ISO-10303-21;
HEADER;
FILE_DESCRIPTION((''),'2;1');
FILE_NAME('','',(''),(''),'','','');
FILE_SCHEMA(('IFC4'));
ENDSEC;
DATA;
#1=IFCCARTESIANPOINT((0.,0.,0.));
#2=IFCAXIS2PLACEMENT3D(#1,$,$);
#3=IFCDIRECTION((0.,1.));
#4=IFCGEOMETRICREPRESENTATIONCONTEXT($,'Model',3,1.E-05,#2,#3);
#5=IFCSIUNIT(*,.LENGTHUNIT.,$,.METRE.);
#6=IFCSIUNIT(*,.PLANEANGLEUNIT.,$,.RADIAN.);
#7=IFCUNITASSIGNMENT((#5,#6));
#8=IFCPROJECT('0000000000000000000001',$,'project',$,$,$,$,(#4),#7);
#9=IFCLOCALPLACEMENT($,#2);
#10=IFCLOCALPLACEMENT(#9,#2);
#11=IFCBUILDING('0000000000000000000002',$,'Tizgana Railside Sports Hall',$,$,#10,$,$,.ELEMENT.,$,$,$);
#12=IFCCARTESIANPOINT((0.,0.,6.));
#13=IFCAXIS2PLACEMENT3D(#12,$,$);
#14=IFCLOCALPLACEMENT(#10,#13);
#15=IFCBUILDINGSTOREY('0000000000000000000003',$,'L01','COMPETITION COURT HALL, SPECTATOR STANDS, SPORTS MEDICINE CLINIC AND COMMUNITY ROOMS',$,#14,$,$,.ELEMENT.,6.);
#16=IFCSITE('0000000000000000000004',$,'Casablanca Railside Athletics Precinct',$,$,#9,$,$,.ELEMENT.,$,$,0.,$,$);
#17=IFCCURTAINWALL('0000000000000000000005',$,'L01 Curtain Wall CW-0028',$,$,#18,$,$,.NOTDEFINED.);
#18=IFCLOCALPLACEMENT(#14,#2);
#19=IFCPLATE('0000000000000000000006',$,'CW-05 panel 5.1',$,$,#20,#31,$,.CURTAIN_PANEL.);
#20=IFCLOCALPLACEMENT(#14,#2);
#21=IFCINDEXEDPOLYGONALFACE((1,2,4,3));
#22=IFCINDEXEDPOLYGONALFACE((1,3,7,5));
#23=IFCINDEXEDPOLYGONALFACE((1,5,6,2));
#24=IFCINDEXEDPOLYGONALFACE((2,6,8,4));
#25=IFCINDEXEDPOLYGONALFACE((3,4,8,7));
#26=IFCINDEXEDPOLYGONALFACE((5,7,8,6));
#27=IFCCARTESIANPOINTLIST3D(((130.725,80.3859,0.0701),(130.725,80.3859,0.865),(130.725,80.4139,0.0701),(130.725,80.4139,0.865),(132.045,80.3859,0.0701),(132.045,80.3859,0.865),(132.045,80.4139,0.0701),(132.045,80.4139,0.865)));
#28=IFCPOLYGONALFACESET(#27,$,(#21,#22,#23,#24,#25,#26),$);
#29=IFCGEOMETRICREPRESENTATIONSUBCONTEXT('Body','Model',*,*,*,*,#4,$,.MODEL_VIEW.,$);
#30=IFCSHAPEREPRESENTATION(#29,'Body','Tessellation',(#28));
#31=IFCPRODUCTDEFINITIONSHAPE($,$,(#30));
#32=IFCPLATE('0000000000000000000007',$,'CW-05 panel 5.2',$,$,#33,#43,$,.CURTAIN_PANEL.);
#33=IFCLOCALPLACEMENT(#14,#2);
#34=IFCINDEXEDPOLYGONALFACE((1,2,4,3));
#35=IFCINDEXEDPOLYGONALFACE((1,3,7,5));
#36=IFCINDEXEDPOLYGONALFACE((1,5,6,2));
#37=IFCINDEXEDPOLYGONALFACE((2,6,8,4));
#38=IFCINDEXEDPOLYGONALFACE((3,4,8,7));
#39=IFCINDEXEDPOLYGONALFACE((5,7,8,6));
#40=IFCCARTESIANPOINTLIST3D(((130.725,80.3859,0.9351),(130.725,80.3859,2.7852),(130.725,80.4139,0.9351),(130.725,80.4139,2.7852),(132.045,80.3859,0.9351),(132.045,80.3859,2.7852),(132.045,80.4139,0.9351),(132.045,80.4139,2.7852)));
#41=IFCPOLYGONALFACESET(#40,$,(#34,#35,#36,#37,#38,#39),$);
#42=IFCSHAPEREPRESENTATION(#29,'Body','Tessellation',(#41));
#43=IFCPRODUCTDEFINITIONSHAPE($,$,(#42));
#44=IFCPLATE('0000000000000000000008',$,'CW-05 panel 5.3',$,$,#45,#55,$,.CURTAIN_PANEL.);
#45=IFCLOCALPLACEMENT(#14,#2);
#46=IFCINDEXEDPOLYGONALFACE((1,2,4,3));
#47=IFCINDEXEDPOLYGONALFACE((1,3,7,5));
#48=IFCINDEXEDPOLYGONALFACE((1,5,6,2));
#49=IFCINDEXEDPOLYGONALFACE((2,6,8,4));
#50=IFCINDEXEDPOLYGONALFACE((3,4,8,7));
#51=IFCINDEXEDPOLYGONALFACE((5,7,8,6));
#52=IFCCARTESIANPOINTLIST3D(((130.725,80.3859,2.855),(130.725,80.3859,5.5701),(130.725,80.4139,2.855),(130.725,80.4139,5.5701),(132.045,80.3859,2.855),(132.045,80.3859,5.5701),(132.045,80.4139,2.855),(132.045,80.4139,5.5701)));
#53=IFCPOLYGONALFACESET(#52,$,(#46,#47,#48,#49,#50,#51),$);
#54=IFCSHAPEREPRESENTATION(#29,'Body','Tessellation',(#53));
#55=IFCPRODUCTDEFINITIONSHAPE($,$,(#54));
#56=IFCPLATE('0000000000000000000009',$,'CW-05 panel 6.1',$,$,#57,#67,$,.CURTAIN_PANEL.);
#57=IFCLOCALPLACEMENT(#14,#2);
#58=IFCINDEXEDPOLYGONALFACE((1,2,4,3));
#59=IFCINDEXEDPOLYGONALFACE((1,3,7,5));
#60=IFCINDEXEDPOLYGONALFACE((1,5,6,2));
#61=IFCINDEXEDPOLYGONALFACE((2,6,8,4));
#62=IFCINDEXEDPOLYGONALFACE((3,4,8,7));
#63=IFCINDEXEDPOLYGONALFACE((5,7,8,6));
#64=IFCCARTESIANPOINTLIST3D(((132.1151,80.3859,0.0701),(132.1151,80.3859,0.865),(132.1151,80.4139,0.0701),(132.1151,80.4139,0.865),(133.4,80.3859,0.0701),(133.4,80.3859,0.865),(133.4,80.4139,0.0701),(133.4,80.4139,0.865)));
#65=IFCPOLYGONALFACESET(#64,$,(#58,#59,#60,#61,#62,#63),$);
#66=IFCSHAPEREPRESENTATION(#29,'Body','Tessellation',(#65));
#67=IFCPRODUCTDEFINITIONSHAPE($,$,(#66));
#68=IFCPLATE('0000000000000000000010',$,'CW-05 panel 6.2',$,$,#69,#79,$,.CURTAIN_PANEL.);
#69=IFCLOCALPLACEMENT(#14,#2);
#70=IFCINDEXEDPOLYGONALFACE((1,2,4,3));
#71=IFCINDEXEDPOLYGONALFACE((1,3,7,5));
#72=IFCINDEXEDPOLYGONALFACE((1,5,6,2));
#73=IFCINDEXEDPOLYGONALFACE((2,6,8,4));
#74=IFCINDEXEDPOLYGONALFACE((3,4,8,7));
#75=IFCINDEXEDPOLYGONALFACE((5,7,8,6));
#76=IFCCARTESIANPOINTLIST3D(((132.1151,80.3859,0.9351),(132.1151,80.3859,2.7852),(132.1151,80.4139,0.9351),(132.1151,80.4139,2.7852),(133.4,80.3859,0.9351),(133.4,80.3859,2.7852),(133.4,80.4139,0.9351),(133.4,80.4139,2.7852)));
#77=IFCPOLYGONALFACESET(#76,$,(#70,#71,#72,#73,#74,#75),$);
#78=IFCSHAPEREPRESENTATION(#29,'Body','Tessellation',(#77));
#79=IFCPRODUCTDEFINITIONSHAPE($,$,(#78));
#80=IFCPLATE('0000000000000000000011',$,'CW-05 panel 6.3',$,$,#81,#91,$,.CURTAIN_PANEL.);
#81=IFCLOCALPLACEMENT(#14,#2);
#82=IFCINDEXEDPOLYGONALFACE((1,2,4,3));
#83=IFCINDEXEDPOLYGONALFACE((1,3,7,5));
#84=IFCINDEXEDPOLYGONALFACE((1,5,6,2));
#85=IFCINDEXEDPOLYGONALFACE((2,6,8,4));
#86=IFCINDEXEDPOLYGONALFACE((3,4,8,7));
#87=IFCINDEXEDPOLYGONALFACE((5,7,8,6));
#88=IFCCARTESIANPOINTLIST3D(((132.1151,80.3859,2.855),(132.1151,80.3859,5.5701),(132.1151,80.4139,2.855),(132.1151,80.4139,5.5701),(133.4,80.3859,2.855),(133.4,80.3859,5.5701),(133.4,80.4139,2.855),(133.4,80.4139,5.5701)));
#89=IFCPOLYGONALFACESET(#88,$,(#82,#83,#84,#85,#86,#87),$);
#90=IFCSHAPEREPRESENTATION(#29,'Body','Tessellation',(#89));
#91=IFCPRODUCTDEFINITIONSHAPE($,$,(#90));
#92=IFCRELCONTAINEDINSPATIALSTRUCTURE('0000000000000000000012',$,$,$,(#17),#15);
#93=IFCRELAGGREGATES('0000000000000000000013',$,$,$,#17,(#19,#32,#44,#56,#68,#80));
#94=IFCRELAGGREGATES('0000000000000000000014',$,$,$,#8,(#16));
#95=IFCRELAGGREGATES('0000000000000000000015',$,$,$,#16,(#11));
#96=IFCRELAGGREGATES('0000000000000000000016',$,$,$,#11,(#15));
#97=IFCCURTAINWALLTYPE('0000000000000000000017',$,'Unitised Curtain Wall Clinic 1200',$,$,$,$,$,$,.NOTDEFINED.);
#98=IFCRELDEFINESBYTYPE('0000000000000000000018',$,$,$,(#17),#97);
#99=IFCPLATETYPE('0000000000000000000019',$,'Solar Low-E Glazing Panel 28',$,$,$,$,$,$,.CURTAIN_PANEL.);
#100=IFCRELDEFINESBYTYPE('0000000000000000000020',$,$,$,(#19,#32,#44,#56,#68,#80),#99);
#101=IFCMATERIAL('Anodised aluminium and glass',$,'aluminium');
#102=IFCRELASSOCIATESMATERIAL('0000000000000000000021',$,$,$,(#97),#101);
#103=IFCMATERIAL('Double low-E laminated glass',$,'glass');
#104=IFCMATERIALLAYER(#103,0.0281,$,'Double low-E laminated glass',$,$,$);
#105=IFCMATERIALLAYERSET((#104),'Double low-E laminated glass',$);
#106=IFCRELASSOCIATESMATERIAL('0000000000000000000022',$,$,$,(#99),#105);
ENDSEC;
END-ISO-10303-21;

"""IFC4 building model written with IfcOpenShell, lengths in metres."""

from ifc_helpers import new_model, si_unit, direction, frame, origin, origin_2d, place, context, subcontext, project, spatial, rectangle, extrude, material, layer, layer_set, type_object, element, aggregate, save


model = new_model("IFC4")

# Units and contexts
model_context = context("Model", 3, precision=1e-05, world=origin(), true_north=direction((0.0, 1.0)))
body_context = subcontext(model_context, "Body", "Model", "MODEL_VIEW")
ifc_project = project(units=[si_unit("LENGTHUNIT", "METRE"), si_unit("PLANEANGLEUNIT", "RADIAN")], contexts=[model_context])

# Site, building, storey
site_placement = place(None, origin())
site = spatial("IfcSite", under=ifc_project, at=site_placement, Name="Casablanca Railside Athletics Precinct", CompositionType="ELEMENT", RefElevation=0.0)
building_placement = place(site_placement, origin())
building = spatial("IfcBuilding", under=site, at=building_placement, Name="Tizgana Railside Sports Hall", CompositionType="ELEMENT")
storey_placement = place(building_placement, frame((0.0, 0.0, 6.0)))
storey = spatial("IfcBuildingStorey", under=building, at=storey_placement, Name="L01", Description="COMPETITION COURT HALL, SPECTATOR STANDS, SPORTS MEDICINE CLINIC AND COMMUNITY ROOMS", CompositionType="ELEMENT", Elevation=6.0)

# Curtain wall, plates
ifc_material_1 = material(Name="Anodised aluminium and glass", Category="aluminium")
curtain_wall_type = type_object("IfcCurtainWallType", Name="Unitised Curtain Wall Clinic 1200", PredefinedType="NOTDEFINED", material=ifc_material_1)
curtain_wall_placement = place(storey_placement, origin())
curtain_wall = element("IfcCurtainWall", 1, at=curtain_wall_placement, inside=storey, type_object=curtain_wall_type, Name="L01 Curtain Wall CW-0028", PredefinedType="NOTDEFINED")
ifc_material_2 = material(Name="Double low-E laminated glass", Category="glass")
ifc_layer = layer(ifc_material_2, 0.0281, Name="Double low-E laminated glass")
ifc_layer_set = layer_set([ifc_layer], Name="Double low-E laminated glass")
plate_type = type_object("IfcPlateType", Name="Solar Low-E Glazing Panel 28", PredefinedType="CURTAIN_PANEL", material=ifc_layer_set)
plate_1_placement = place(storey_placement, frame((131.385, 80.3999, 0.0701), z_axis=(0.0, 0.0, 1.0), x_axis=(1.0, 0.0, 0.0)))
plate_1 = element("IfcPlate", 2, at=plate_1_placement, type_object=plate_type, Name="CW-05 panel 5.1", PredefinedType="CURTAIN_PANEL", context=body_context, shape_type="SweptSolid", body=[
    extrude(rectangle(XDim=1.3201, YDim=0.0281, at=origin_2d()), origin(), (0.0, 0.0, 1.0), 0.7949),
])
plate_2_placement = place(storey_placement, frame((131.385, 80.3999, 0.9351), z_axis=(0.0, 0.0, 1.0), x_axis=(1.0, 0.0, 0.0)))
plate_2 = element("IfcPlate", 3, at=plate_2_placement, type_object=plate_type, Name="CW-05 panel 5.2", PredefinedType="CURTAIN_PANEL", context=body_context, shape_type="SweptSolid", body=[
    extrude(rectangle(XDim=1.3201, YDim=0.0281, at=origin_2d()), origin(), (0.0, 0.0, 1.0), 1.8501),
])
plate_3_placement = place(storey_placement, frame((131.385, 80.3999, 2.855), z_axis=(0.0, 0.0, 1.0), x_axis=(1.0, 0.0, 0.0)))
plate_3 = element("IfcPlate", 4, at=plate_3_placement, type_object=plate_type, Name="CW-05 panel 5.3", PredefinedType="CURTAIN_PANEL", context=body_context, shape_type="SweptSolid", body=[
    extrude(rectangle(XDim=1.3201, YDim=0.0281, at=origin_2d()), origin(), (0.0, 0.0, 1.0), 2.7151),
])
plate_4_placement = place(storey_placement, frame((132.7576, 80.3999, 0.0701), z_axis=(0.0, 0.0, 1.0), x_axis=(1.0, 0.0, 0.0)))
plate_4 = element("IfcPlate", 5, at=plate_4_placement, type_object=plate_type, Name="CW-05 panel 6.1", PredefinedType="CURTAIN_PANEL", context=body_context, shape_type="SweptSolid", body=[
    extrude(rectangle(XDim=1.2849, YDim=0.0281, at=origin_2d()), origin(), (0.0, 0.0, 1.0), 0.7949),
])
plate_5_placement = place(storey_placement, frame((132.7576, 80.3999, 0.9351), z_axis=(0.0, 0.0, 1.0), x_axis=(1.0, 0.0, 0.0)))
plate_5 = element("IfcPlate", 6, at=plate_5_placement, type_object=plate_type, Name="CW-05 panel 6.2", PredefinedType="CURTAIN_PANEL", context=body_context, shape_type="SweptSolid", body=[
    extrude(rectangle(XDim=1.2849, YDim=0.0281, at=origin_2d()), origin(), (0.0, 0.0, 1.0), 1.8501),
])
plate_6_placement = place(storey_placement, frame((132.7576, 80.3999, 2.855), z_axis=(0.0, 0.0, 1.0), x_axis=(1.0, 0.0, 0.0)))
plate_6 = element("IfcPlate", 7, at=plate_6_placement, type_object=plate_type, Name="CW-05 panel 6.3", PredefinedType="CURTAIN_PANEL", context=body_context, shape_type="SweptSolid", body=[
    extrude(rectangle(XDim=1.2849, YDim=0.0281, at=origin_2d()), origin(), (0.0, 0.0, 1.0), 2.7151),
])
aggregate(curtain_wall, [plate_1, plate_2, plate_3, plate_4, plate_5, plate_6])

save(model, "model.ifc")
